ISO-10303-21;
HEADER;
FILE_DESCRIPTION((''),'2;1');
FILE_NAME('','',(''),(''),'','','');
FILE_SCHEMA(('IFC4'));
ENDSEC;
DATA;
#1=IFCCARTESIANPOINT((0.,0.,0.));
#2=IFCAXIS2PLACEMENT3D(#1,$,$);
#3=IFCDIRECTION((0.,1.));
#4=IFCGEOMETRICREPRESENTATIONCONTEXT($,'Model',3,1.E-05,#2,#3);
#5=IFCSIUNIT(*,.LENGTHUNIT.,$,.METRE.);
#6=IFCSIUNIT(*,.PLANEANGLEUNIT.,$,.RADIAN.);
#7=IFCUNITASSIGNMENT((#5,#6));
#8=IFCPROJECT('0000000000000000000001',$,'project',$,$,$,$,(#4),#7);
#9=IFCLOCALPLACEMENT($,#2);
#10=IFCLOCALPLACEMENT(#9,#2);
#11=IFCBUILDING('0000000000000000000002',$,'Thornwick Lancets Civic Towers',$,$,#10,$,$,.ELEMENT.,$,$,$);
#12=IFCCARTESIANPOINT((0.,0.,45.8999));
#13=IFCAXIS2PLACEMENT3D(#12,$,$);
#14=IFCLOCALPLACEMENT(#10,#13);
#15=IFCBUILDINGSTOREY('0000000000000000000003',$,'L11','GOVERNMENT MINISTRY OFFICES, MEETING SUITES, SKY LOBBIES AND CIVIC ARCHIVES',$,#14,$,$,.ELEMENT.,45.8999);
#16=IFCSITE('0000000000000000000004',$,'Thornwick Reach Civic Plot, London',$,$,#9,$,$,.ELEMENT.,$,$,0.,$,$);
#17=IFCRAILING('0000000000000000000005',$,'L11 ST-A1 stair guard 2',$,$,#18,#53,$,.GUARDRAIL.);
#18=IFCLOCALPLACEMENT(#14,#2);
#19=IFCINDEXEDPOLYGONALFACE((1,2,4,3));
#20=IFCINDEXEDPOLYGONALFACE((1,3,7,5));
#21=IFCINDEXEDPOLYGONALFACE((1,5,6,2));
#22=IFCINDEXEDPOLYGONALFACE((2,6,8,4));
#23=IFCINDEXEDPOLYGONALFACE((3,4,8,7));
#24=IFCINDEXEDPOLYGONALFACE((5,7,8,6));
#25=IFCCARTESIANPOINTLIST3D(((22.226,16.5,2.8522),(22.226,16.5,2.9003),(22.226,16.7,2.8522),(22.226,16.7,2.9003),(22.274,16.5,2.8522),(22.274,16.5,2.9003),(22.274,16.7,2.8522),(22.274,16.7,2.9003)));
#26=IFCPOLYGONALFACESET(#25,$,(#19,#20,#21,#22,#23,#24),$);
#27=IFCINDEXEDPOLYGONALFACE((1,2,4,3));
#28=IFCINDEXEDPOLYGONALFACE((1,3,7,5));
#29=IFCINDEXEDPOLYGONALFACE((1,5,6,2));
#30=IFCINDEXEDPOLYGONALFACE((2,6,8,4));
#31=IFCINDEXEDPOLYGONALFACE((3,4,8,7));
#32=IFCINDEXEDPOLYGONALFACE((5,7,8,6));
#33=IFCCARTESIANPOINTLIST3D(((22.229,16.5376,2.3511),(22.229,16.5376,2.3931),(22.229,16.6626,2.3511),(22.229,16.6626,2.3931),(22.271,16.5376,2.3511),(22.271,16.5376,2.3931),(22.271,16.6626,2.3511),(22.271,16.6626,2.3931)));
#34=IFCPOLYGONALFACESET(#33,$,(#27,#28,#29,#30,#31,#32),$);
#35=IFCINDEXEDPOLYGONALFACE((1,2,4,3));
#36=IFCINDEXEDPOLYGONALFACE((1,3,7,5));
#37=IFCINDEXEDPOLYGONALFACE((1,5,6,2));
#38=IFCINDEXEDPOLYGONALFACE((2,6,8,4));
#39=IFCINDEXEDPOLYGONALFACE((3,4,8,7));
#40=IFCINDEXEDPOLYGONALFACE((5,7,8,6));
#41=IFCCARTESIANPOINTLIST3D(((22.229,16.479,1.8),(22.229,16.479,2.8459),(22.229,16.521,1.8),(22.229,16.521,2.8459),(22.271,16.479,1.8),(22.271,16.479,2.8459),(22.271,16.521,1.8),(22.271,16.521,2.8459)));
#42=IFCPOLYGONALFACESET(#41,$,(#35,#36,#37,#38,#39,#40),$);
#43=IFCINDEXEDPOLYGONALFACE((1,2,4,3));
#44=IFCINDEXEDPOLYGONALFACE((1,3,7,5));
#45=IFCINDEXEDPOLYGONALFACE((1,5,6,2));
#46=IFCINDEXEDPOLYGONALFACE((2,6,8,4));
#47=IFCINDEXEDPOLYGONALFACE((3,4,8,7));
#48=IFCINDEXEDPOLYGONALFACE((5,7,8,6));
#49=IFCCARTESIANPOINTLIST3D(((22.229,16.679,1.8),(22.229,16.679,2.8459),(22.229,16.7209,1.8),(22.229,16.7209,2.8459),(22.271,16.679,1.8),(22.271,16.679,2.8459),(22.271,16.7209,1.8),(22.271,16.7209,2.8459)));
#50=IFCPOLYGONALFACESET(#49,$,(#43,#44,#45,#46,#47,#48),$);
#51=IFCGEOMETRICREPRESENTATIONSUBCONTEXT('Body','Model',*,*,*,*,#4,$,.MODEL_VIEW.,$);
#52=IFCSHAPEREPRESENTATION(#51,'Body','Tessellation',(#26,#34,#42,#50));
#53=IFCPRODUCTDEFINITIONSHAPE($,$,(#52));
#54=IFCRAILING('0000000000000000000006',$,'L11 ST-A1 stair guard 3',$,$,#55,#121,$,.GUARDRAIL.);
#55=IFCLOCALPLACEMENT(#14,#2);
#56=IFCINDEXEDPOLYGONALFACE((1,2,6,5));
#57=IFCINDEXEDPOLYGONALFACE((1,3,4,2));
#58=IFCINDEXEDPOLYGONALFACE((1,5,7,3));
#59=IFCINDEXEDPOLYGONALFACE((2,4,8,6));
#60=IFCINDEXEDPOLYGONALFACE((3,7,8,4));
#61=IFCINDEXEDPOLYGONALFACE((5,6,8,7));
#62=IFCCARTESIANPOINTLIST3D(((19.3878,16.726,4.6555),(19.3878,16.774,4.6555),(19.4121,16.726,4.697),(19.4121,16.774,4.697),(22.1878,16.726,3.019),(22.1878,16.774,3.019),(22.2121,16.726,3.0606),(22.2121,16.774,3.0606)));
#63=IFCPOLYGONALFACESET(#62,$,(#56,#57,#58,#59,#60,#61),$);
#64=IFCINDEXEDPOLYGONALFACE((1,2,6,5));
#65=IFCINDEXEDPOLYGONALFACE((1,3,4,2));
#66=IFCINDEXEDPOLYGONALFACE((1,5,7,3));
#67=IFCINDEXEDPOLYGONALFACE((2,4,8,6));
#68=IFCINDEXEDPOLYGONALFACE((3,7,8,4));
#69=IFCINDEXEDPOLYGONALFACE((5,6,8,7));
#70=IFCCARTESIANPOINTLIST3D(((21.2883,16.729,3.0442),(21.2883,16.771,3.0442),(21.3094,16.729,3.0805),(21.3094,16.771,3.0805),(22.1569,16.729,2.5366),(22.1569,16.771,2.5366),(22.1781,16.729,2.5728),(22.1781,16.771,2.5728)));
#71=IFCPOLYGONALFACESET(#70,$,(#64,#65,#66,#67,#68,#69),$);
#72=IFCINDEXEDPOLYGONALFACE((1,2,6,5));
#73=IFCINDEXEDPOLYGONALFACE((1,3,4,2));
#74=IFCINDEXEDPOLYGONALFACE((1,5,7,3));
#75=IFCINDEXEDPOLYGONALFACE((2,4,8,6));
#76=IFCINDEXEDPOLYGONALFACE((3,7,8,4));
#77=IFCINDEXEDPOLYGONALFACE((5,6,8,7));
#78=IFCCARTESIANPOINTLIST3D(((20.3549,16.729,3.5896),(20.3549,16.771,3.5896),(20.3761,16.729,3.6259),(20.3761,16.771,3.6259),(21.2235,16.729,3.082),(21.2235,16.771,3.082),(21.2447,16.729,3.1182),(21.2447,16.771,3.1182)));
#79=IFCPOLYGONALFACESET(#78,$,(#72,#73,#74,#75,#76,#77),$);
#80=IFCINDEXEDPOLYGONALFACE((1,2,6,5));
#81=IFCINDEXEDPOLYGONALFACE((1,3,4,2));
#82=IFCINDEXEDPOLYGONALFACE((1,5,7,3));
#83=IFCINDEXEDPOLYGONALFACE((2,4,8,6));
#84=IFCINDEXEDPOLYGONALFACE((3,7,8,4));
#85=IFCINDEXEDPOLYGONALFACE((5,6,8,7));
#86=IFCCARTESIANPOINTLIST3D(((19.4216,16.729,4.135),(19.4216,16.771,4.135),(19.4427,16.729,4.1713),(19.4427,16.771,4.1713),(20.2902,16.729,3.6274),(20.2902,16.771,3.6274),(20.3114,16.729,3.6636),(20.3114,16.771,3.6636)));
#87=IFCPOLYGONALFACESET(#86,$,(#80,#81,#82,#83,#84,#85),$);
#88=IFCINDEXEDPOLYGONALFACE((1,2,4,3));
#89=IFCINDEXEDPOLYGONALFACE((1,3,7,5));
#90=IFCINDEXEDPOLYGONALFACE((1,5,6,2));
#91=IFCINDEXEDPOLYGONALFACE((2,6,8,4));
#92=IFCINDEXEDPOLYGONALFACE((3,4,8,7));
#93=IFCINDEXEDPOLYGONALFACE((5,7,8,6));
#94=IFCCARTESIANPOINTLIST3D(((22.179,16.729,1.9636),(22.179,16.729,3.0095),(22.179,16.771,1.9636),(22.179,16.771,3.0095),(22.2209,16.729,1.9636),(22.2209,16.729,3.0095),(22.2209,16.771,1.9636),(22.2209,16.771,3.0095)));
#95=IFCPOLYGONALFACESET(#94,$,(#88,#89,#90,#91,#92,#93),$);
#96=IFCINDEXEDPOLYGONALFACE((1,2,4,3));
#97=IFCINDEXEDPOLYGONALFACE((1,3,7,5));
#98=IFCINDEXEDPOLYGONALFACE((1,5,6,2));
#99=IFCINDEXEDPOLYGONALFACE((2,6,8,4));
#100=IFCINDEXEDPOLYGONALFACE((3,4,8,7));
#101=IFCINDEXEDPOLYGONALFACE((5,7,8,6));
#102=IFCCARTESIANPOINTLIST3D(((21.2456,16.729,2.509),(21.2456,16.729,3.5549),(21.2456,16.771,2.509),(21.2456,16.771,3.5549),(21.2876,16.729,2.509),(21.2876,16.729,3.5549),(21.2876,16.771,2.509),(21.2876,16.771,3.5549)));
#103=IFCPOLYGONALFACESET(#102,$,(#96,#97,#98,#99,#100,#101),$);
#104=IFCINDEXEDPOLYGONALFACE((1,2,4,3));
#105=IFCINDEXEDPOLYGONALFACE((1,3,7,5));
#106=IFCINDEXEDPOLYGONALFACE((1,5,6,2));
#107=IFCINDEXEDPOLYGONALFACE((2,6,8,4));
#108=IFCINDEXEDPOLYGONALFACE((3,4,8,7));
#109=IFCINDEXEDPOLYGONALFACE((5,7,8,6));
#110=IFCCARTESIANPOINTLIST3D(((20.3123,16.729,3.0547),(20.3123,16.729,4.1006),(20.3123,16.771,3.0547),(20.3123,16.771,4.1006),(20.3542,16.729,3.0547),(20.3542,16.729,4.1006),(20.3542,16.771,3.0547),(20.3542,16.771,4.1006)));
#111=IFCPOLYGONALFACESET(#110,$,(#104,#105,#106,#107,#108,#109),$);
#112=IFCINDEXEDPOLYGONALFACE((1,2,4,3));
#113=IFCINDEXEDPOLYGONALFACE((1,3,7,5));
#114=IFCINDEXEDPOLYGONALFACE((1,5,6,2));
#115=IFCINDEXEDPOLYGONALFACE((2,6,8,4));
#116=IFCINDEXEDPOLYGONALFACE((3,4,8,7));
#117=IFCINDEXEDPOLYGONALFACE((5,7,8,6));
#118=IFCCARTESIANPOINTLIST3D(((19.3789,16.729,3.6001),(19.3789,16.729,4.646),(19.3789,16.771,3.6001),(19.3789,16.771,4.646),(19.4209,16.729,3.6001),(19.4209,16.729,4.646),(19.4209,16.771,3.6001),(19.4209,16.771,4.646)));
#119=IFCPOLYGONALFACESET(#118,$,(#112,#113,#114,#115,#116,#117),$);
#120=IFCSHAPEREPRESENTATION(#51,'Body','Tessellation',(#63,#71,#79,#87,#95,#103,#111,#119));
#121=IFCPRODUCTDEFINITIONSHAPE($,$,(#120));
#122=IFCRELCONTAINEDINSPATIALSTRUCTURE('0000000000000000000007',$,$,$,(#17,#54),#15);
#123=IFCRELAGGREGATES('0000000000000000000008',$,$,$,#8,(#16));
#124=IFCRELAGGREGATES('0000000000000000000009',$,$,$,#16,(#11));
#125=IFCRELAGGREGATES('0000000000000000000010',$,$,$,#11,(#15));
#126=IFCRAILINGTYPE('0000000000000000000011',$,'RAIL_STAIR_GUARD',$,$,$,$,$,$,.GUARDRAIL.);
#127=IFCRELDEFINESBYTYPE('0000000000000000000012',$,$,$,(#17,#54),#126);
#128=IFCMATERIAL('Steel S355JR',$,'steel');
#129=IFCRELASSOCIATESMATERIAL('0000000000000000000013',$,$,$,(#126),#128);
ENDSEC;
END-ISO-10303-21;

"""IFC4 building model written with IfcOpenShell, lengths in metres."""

from ifc_helpers import new_model, si_unit, direction, frame, origin, origin_2d, place, context, subcontext, project, spatial, rectangle, extrude, material, type_object, element, save


model = new_model("IFC4")

# Units and contexts
model_context = context("Model", 3, precision=1e-05, world=origin(), true_north=direction((0.0, 1.0)))
body_context = subcontext(model_context, "Body", "Model", "MODEL_VIEW")
ifc_project = project(units=[si_unit("LENGTHUNIT", "METRE"), si_unit("PLANEANGLEUNIT", "RADIAN")], contexts=[model_context])

# Site, building, storey
site_placement = place(None, origin())
site = spatial("IfcSite", under=ifc_project, at=site_placement, Name="Thornwick Reach Civic Plot, London", CompositionType="ELEMENT", RefElevation=0.0)
building_placement = place(site_placement, origin())
building = spatial("IfcBuilding", under=site, at=building_placement, Name="Thornwick Lancets Civic Towers", CompositionType="ELEMENT")
storey_placement = place(building_placement, frame((0.0, 0.0, 45.8999)))
storey = spatial("IfcBuildingStorey", under=building, at=storey_placement, Name="L11", Description="GOVERNMENT MINISTRY OFFICES, MEETING SUITES, SKY LOBBIES AND CIVIC ARCHIVES", CompositionType="ELEMENT", Elevation=45.8999)

# Railings
ifc_material_1 = material(Name="Steel S355JR", Category="steel")
railing_type_1 = type_object("IfcRailingType", Name="RAIL_STAIR_GUARD", PredefinedType="GUARDRAIL", material=ifc_material_1)
railing_1_placement = place(storey_placement, frame((22.25, 16.5, 1.8)))
element("IfcRailing", 1, at=railing_1_placement, inside=storey, type_object=railing_type_1, Name="L11 ST-A1 stair guard 2", PredefinedType="GUARDRAIL", context=body_context, shape_type="SweptSolid", body=[
    extrude(rectangle(XDim=0.0481, YDim=0.0481, at=origin_2d()), frame((0.0, 0.0, 1.0762), z_axis=(0.0, 1.0, 0.0), x_axis=(-1.0, 0.0, 0.0)), (0.0, 0.0, 1.0), 0.2),
    extrude(rectangle(XDim=0.042, YDim=0.042, at=origin_2d()), frame((0.0, 0.0376, 0.572), z_axis=(0.0, 1.0, 0.0), x_axis=(-1.0, 0.0, 0.0)), (0.0, 0.0, 1.0), 0.125),
    extrude(rectangle(XDim=0.042, YDim=0.042, at=origin_2d()), origin(), (0.0, 0.0, 1.0), 1.0459),
    extrude(rectangle(XDim=0.042, YDim=0.042, at=origin_2d()), frame((0.0, 0.2, 0.0)), (0.0, 0.0, 1.0), 1.0459),
])
railing_2_placement = place(storey_placement, frame((22.2, 16.75, 1.9636)))
element("IfcRailing", 2, at=railing_2_placement, inside=storey, type_object=railing_type_1, Name="L11 ST-A1 stair guard 3", PredefinedType="GUARDRAIL", context=body_context, shape_type="SweptSolid", body=[
    extrude(rectangle(XDim=0.0481, YDim=0.0481, at=origin_2d()), frame((0.0, 0.0, 1.0762), z_axis=(-0.863361, 0.0, 0.504587), x_axis=(0.0, -1.0, 0.0)), (0.0, 0.0, 1.0), 3.2432),
    extrude(rectangle(XDim=0.042, YDim=0.042, at=origin_2d()), frame((-0.0325, 0.0, 0.5911), z_axis=(-0.863361, 0.0, 0.504587), x_axis=(0.0, -1.0, 0.0)), (0.0, 0.0, 1.0), 1.0061),
    extrude(rectangle(XDim=0.042, YDim=0.042, at=origin_2d()), frame((-0.9658, 0.0, 1.1365), z_axis=(-0.863361, 0.0, 0.504587), x_axis=(0.0, -1.0, 0.0)), (0.0, 0.0, 1.0), 1.0061),
    extrude(rectangle(XDim=0.042, YDim=0.042, at=origin_2d()), frame((-1.8992, 0.0, 1.6819), z_axis=(-0.863361, 0.0, 0.504587), x_axis=(0.0, -1.0, 0.0)), (0.0, 0.0, 1.0), 1.0061),
    extrude(rectangle(XDim=0.042, YDim=0.042, at=origin_2d()), origin(), (0.0, 0.0, 1.0), 1.0459),
    extrude(rectangle(XDim=0.042, YDim=0.042, at=origin_2d()), frame((-0.9333, 0.0, 0.5454)), (0.0, 0.0, 1.0), 1.0459),
    extrude(rectangle(XDim=0.042, YDim=0.042, at=origin_2d()), frame((-1.8667, 0.0, 1.0911)), (0.0, 0.0, 1.0), 1.0459),
    extrude(rectangle(XDim=0.042, YDim=0.042, at=origin_2d()), frame((-2.8, 0.0, 1.6365)), (0.0, 0.0, 1.0), 1.0459),
])

save(model, "model.ifc")
